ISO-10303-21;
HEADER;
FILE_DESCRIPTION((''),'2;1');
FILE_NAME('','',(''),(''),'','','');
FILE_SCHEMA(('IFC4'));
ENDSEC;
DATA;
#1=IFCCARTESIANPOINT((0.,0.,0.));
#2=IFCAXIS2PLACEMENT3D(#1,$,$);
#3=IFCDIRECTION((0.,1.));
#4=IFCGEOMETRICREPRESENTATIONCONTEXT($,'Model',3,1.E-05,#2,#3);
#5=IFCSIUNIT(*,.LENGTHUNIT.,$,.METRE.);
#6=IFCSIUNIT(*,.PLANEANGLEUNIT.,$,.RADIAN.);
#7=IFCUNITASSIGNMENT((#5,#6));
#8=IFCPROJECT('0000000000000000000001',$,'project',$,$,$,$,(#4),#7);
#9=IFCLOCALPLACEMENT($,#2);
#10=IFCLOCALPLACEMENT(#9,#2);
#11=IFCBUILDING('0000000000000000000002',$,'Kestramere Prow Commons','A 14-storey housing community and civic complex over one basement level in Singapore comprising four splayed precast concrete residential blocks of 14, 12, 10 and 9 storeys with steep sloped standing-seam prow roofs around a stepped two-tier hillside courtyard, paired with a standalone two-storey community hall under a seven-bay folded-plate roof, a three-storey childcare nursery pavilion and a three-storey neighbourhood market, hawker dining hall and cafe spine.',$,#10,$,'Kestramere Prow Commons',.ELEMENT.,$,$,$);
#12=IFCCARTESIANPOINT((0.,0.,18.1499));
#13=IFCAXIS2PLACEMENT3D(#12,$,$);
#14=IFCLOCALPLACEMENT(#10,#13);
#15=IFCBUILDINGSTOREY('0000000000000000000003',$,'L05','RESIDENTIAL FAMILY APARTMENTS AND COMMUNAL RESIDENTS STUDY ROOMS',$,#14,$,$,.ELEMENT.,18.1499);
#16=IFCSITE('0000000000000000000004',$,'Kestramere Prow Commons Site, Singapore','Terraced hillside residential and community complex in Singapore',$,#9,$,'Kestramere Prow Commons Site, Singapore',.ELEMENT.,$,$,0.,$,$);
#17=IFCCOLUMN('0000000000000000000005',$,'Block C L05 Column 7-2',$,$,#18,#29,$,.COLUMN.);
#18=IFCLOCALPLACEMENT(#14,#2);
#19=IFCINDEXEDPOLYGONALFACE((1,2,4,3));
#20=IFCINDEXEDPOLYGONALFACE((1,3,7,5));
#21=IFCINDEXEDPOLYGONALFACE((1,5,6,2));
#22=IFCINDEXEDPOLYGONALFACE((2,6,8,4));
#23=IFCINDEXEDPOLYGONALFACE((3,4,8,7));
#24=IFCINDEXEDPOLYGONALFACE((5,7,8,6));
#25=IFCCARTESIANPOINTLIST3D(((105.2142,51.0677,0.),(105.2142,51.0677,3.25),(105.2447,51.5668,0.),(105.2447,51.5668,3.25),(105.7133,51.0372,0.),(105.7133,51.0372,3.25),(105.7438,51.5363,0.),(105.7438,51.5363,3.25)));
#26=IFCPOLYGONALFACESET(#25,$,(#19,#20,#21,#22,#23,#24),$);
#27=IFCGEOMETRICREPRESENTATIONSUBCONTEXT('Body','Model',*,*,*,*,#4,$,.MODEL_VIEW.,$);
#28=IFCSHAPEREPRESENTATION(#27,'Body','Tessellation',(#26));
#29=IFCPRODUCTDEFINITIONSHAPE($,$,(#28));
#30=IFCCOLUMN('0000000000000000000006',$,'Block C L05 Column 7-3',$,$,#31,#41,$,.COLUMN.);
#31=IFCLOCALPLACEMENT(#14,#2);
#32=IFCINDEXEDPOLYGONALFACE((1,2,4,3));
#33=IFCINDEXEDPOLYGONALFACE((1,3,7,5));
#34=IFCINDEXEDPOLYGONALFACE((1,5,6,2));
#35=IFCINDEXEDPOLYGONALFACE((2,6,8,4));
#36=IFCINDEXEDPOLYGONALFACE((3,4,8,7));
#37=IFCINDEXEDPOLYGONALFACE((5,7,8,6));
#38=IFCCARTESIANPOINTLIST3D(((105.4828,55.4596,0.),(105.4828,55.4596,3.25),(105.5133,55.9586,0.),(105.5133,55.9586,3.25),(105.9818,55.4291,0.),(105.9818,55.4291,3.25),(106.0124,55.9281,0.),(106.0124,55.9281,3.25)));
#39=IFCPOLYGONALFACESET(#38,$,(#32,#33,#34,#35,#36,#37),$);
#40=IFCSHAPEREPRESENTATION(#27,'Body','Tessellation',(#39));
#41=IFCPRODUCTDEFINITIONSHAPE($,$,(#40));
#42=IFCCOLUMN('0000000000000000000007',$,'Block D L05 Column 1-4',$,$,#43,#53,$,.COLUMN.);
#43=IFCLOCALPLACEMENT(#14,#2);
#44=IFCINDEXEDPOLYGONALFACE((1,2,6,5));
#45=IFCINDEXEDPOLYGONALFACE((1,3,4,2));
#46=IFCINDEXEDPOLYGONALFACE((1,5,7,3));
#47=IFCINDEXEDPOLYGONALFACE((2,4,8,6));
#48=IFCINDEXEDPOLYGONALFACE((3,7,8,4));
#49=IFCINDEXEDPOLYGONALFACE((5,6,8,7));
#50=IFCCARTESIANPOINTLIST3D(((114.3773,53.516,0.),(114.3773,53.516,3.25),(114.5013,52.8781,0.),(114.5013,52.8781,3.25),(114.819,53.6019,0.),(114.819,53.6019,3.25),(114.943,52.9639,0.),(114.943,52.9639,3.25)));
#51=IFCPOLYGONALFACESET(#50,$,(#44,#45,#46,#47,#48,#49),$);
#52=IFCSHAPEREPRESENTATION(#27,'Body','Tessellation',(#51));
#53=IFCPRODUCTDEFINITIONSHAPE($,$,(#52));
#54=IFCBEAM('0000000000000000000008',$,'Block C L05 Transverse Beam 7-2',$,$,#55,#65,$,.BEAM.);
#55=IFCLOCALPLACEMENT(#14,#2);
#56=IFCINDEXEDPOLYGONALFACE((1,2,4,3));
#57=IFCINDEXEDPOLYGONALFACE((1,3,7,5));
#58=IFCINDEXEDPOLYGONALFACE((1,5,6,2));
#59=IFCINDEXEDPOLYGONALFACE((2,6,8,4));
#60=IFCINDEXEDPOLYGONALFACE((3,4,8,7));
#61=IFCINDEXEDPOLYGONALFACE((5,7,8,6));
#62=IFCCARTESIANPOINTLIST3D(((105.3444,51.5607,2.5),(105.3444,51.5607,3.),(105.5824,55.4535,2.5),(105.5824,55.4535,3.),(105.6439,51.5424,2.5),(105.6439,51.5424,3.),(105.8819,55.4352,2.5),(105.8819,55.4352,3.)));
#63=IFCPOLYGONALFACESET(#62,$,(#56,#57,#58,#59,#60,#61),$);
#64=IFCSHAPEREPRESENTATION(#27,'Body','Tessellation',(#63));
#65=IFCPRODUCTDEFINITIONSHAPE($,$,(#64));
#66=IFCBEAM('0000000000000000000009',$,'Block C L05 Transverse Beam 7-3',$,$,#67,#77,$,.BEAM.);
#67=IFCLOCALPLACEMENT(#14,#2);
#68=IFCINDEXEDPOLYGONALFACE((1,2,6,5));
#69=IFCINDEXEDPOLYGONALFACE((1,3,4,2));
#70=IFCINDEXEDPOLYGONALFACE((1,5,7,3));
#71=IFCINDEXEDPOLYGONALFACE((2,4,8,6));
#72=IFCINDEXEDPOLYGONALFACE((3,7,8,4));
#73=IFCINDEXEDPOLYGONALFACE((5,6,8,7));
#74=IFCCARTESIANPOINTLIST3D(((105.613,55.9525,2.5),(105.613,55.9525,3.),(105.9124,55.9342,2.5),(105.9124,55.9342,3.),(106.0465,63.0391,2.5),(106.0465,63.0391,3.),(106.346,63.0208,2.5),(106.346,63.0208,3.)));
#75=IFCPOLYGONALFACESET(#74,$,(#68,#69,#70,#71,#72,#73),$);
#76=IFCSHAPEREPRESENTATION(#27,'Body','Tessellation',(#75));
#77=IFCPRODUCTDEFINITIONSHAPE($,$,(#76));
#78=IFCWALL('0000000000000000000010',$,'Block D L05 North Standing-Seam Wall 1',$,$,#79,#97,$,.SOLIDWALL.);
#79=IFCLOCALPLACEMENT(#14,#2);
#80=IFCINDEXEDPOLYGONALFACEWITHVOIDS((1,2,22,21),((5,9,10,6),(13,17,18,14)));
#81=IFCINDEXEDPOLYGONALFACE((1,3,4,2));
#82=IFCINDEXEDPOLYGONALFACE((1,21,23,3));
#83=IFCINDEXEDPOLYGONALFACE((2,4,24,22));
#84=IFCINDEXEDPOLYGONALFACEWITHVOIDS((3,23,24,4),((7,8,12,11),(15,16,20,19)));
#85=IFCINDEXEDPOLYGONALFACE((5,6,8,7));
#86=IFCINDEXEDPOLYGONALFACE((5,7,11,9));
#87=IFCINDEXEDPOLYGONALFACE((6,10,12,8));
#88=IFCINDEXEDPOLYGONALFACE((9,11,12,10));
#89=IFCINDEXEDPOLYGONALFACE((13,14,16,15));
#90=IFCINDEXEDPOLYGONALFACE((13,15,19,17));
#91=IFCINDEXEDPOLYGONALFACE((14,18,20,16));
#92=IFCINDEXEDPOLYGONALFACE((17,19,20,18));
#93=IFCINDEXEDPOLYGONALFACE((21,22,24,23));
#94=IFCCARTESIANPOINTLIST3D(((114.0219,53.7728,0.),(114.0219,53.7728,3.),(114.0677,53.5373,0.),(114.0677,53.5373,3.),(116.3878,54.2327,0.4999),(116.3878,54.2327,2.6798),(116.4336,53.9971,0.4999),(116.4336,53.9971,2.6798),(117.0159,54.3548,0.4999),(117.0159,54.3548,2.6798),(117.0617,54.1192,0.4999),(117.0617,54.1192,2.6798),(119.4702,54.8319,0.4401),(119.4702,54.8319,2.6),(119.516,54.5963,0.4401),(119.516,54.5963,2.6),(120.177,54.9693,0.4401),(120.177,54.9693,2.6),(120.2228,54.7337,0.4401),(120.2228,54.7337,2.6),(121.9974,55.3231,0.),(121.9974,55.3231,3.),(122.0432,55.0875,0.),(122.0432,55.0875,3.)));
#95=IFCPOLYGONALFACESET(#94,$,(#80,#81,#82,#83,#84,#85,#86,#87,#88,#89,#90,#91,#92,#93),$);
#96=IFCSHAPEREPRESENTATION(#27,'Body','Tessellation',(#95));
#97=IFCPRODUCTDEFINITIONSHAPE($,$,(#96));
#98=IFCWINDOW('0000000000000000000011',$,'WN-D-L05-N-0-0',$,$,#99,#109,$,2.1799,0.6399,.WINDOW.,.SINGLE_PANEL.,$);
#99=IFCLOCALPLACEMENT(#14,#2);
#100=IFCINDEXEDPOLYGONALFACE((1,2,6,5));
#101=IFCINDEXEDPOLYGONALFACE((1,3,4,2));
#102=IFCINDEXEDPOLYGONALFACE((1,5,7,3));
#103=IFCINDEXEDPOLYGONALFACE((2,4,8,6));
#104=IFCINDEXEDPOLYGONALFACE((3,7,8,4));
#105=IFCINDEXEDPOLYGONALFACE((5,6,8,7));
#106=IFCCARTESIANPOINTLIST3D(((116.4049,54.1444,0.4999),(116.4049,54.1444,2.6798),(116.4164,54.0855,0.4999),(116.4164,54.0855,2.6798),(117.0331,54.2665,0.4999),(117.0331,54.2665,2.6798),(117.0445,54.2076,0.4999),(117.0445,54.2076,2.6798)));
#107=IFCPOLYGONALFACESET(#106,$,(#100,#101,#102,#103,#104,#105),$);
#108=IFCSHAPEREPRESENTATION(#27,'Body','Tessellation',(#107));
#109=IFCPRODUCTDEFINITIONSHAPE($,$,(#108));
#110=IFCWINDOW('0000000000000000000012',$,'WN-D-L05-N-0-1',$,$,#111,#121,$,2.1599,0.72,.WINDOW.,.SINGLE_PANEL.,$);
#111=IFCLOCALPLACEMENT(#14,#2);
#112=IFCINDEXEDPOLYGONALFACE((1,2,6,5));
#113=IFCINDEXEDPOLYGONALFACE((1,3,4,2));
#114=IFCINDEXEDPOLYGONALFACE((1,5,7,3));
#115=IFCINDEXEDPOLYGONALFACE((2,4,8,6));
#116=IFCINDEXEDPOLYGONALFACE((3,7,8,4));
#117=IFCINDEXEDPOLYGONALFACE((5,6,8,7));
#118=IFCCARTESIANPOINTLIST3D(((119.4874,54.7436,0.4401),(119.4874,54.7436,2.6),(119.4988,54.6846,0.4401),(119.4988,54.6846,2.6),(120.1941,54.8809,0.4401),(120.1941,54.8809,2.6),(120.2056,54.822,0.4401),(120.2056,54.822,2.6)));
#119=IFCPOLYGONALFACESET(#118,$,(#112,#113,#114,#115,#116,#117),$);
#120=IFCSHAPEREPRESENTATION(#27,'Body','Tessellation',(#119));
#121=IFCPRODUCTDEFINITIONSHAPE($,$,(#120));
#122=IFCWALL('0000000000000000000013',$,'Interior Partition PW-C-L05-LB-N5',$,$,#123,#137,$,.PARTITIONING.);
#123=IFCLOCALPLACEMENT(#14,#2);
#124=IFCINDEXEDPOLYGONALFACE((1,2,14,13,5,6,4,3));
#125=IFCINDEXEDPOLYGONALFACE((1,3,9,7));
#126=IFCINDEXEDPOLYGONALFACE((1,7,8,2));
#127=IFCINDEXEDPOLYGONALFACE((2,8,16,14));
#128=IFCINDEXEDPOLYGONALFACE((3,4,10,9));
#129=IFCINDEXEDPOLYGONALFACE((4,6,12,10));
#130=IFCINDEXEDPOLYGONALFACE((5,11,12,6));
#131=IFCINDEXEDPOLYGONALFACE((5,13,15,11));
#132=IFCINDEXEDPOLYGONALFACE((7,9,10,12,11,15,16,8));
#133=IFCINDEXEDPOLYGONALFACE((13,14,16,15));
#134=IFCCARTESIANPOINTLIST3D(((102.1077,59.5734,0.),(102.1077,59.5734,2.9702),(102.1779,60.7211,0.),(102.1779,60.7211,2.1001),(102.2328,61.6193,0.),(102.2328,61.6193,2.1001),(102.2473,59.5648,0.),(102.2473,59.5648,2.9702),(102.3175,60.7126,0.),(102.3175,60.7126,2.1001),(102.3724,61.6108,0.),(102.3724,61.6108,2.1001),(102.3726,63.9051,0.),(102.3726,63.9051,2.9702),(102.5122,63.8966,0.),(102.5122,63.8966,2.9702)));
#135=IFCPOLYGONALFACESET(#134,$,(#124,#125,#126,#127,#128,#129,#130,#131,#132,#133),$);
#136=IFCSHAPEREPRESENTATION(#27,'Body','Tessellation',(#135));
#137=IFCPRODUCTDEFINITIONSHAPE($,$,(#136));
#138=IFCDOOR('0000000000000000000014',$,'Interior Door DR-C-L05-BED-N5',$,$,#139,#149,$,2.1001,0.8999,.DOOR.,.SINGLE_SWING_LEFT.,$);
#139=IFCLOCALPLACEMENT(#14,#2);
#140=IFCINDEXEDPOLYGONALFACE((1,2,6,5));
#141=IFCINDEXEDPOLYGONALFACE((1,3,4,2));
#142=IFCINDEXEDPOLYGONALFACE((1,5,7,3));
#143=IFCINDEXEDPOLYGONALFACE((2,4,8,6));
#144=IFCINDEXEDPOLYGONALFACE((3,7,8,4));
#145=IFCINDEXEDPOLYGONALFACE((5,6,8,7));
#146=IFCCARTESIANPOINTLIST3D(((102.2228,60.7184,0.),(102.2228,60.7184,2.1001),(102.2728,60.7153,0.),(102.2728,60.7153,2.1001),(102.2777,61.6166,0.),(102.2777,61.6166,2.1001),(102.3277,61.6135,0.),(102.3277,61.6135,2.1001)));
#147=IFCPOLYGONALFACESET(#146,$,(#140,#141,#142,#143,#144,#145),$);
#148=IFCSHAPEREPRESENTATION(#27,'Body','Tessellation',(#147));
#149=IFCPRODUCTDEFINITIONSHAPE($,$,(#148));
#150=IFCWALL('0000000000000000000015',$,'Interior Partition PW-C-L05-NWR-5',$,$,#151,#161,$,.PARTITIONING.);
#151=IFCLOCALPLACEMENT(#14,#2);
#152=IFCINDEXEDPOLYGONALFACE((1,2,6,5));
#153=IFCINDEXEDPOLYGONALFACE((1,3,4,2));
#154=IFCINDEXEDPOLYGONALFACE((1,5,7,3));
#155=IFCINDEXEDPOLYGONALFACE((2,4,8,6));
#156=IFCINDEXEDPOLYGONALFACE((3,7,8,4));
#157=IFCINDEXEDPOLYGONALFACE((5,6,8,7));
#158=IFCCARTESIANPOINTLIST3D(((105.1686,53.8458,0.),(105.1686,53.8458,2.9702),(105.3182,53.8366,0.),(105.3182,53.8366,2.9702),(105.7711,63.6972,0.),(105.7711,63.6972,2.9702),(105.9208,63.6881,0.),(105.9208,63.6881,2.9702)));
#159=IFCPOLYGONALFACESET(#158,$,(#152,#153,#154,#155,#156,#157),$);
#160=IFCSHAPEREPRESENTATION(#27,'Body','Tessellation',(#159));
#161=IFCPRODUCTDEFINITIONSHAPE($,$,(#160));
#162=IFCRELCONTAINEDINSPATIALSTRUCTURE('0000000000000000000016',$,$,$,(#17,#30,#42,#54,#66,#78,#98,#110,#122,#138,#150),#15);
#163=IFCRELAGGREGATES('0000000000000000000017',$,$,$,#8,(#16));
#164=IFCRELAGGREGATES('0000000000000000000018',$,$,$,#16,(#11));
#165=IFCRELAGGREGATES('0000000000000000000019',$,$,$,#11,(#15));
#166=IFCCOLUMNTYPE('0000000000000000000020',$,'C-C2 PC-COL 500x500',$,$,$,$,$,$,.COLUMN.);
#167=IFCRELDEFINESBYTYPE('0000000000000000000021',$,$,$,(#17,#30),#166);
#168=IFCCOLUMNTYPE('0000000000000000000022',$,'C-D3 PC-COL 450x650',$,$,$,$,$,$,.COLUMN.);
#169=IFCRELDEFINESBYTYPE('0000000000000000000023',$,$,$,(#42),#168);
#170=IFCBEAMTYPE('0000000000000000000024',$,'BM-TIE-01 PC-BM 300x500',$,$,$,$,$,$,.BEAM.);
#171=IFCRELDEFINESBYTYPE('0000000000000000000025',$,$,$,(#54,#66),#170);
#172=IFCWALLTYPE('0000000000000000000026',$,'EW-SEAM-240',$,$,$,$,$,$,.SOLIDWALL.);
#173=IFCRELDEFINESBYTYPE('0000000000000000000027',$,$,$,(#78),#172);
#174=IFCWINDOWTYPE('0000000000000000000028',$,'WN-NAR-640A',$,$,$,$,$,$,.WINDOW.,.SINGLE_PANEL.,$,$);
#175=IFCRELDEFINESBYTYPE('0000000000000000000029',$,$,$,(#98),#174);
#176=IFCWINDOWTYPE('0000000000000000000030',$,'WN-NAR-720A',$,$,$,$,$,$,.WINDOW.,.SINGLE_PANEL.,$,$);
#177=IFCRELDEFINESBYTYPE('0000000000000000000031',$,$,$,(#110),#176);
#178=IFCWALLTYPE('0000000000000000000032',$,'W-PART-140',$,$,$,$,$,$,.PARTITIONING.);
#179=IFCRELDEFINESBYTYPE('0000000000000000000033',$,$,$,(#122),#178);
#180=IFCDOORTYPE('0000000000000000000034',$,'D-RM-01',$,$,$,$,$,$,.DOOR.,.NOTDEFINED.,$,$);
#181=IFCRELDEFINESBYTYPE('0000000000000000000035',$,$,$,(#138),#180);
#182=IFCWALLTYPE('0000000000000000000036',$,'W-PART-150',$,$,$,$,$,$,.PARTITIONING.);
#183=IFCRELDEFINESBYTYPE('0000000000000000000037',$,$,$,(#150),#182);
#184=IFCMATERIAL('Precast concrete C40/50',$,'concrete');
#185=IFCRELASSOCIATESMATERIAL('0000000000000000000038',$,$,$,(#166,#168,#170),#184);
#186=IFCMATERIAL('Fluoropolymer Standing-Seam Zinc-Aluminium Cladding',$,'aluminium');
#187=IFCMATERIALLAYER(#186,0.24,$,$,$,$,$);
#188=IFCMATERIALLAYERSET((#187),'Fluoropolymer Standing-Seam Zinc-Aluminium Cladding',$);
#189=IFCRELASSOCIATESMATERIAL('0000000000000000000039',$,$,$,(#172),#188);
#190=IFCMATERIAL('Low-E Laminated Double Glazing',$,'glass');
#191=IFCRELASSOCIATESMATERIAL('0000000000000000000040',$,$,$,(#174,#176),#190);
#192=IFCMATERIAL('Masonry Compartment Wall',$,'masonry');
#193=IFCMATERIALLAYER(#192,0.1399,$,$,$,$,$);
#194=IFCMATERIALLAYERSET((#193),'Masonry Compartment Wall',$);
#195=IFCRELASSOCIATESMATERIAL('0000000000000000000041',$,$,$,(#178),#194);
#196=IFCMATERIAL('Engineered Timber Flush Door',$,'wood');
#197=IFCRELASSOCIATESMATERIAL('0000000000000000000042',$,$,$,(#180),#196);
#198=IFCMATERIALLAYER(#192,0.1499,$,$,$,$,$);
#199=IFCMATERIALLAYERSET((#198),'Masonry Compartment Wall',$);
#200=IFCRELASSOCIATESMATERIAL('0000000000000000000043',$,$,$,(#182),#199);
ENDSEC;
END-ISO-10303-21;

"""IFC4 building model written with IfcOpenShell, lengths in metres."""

from ifc_helpers import new_model, si_unit, direction, frame, frame_2d, origin, origin_2d, place, context, subcontext, project, spatial, rectangle, extrude, material, layer, layer_set, material_profile, profile_set, type_object, element, fill, save


model = new_model("IFC4")

# Units and contexts
model_context = context("Model", 3, precision=1e-05, world=origin(), true_north=direction((0.0, 1.0)))
body_context = subcontext(model_context, "Body", "Model", "MODEL_VIEW")
ifc_project = project(units=[si_unit("LENGTHUNIT", "METRE"), si_unit("PLANEANGLEUNIT", "RADIAN")], contexts=[model_context])

# Site, building, storey
site_placement = place(None, origin())
site = spatial("IfcSite", under=ifc_project, at=site_placement, Name="Kestramere Prow Commons Site, Singapore", Description="Terraced hillside residential and community complex in Singapore", LongName="Kestramere Prow Commons Site, Singapore", CompositionType="ELEMENT", RefElevation=0.0)
building_placement = place(site_placement, origin())
building = spatial("IfcBuilding", under=site, at=building_placement, Name="Kestramere Prow Commons", Description="A 14-storey housing community and civic complex over one basement level in Singapore comprising four splayed precast concrete residential blocks of 14, 12, 10 and 9 storeys with steep sloped standing-seam prow roofs around a stepped two-tier hillside courtyard, paired with a standalone two-storey community hall under a seven-bay folded-plate roof, a three-storey childcare nursery pavilion and a three-storey neighbourhood market, hawker dining hall and cafe spine.", LongName="Kestramere Prow Commons", CompositionType="ELEMENT")
storey_placement = place(building_placement, frame((0.0, 0.0, 18.1499)))
storey = spatial("IfcBuildingStorey", under=building, at=storey_placement, Name="L05", Description="RESIDENTIAL FAMILY APARTMENTS AND COMMUNAL RESIDENTS STUDY ROOMS", CompositionType="ELEMENT", Elevation=18.1499)

# Columns
ifc_material_1 = material(Name="Precast concrete C40/50", Category="concrete")
ifc_material_profile_1 = material_profile(ifc_material_1, rectangle(XDim=0.5, YDim=0.5, at=origin_2d()), Name="PC-COL 500x500")
ifc_profile_set_1 = profile_set([ifc_material_profile_1], Name="Precast concrete C40/50")
column_type_1 = type_object("IfcColumnType", Name="C-C2 PC-COL 500x500", PredefinedType="COLUMN", material=ifc_profile_set_1)
for number, where, z_axis, x_axis, name in (
    (1, (105.479, 51.302, 0.0), (0.0, 0.0, 1.0), (0.998135, -0.061049, 0.0), "Block C L05 Column 7-2"),
    (2, (105.7476, 55.6938, 0.0), (0.0, 0.0, 1.0), (0.998135, -0.061049, 0.0), "Block C L05 Column 7-3"),
):
    element("IfcColumn", number, at=place(storey_placement, frame(where, z_axis=z_axis, x_axis=x_axis)), inside=storey, type_object=column_type_1, Name=name, PredefinedType="COLUMN", context=body_context, shape_type="SweptSolid", body=[
        extrude(rectangle(XDim=0.5, YDim=0.5, at=origin_2d()), origin(), (0.0, 0.0, 1.0), 3.25),
    ])
ifc_material_profile_2 = material_profile(ifc_material_1, rectangle(XDim=0.45, YDim=0.6499, at=origin_2d()), Name="PC-COL 450x650")
ifc_profile_set_2 = profile_set([ifc_material_profile_2], Name="Precast concrete C40/50")
column_type_2 = type_object("IfcColumnType", Name="C-D3 PC-COL 450x650", PredefinedType="COLUMN", material=ifc_profile_set_2)
column_placement = place(storey_placement, frame((114.6602, 53.24, 0.0), z_axis=(0.0, 0.0, 1.0), x_axis=(0.981627, 0.190809, 0.0)))
element("IfcColumn", 3, at=column_placement, inside=storey, type_object=column_type_2, Name="Block D L05 Column 1-4", PredefinedType="COLUMN", context=body_context, shape_type="SweptSolid", body=[
    extrude(rectangle(XDim=0.45, YDim=0.6499, at=origin_2d()), origin(), (0.0, 0.0, 1.0), 3.25),
])

# Beams
ifc_material_profile_3 = material_profile(ifc_material_1, rectangle(XDim=0.3, YDim=0.5, at=origin_2d()), Name="PC-BM 300x500")
ifc_profile_set_3 = profile_set([ifc_material_profile_3], Name="Precast concrete C40/50")
beam_type = type_object("IfcBeamType", Name="BM-TIE-01 PC-BM 300x500", PredefinedType="BEAM", material=ifc_profile_set_3)
beam_1_placement = place(storey_placement, frame((105.4941, 51.5515, 2.75), z_axis=(0.061034, 0.998136, 0.0), x_axis=(-0.998136, 0.061034, 0.0)))
element("IfcBeam", 4, at=beam_1_placement, inside=storey, type_object=beam_type, Name="Block C L05 Transverse Beam 7-2", PredefinedType="BEAM", context=body_context, shape_type="SweptSolid", body=[
    extrude(rectangle(XDim=0.3, YDim=0.5, at=origin_2d()), origin(), (0.0, 0.0, 1.0), 3.9001),
])
beam_2_placement = place(storey_placement, frame((105.7627, 55.9434, 2.75), z_axis=(0.06107, 0.998133, 0.0), x_axis=(-0.998133, 0.06107, 0.0)))
element("IfcBeam", 5, at=beam_2_placement, inside=storey, type_object=beam_type, Name="Block C L05 Transverse Beam 7-3", PredefinedType="BEAM", context=body_context, shape_type="SweptSolid", body=[
    extrude(rectangle(XDim=0.3, YDim=0.5, at=origin_2d()), origin(), (0.0, 0.0, 1.0), 7.0999),
])

# Wall, openings, windows
ifc_material_2 = material(Name="Fluoropolymer Standing-Seam Zinc-Aluminium Cladding", Category="aluminium")
ifc_layer_1 = layer(ifc_material_2, 0.24)
ifc_layer_set_1 = layer_set([ifc_layer_1], Name="Fluoropolymer Standing-Seam Zinc-Aluminium Cladding")
wall_type_1 = type_object("IfcWallType", Name="EW-SEAM-240", PredefinedType="SOLIDWALL", material=ifc_layer_set_1)
wall_1_placement = place(storey_placement, frame((114.0447, 53.655, 0.0), z_axis=(0.0, 0.0, 1.0), x_axis=(0.981627, 0.190809, 0.0)))
wall_1 = element("IfcWall", 6, at=wall_1_placement, inside=storey, type_object=wall_type_1, Name="Block D L05 North Standing-Seam Wall 1", PredefinedType="SOLIDWALL", context=body_context, shape_type="SweptSolid", body=[
    extrude(rectangle(XDim=8.1248, YDim=0.24, at=frame_2d((4.0625, 0.0))), origin(), (0.0, 0.0, 1.0), 3.0),
])
opening_1_placement = place(wall_1_placement, frame((2.4104, 0.0, 0.5)))
opening_1 = element("IfcOpeningElement", 7, at=opening_1_placement, cuts=wall_1, PredefinedType="OPENING", context=body_context, shape_type="SweptSolid", body=[
    extrude(rectangle(XDim=0.6399, YDim=2.1799, at=frame_2d((0.3198, 1.0898))), frame((0.0, 0.135, 0.0), z_axis=(0.0, -1.0, 0.0), x_axis=(1.0, 0.0, 0.0)), (0.0, 0.0, 1.0), 0.27),
])
opening_2_placement = place(wall_1_placement, frame((5.5505, 0.0, 0.4399)))
opening_2 = element("IfcOpeningElement", 8, at=opening_2_placement, cuts=wall_1, PredefinedType="OPENING", context=body_context, shape_type="SweptSolid", body=[
    extrude(rectangle(XDim=0.72, YDim=2.1599, at=frame_2d((0.3599, 1.0801))), frame((0.0, 0.135, 0.0), z_axis=(0.0, -1.0, 0.0), x_axis=(1.0, 0.0, 0.0)), (0.0, 0.0, 1.0), 0.27),
])
ifc_material_3 = material(Name="Low-E Laminated Double Glazing", Category="glass")
window_type_1 = type_object("IfcWindowType", Name="WN-NAR-640A", PartitioningType="SINGLE_PANEL", PredefinedType="WINDOW", material=ifc_material_3)
window_1_placement = place(opening_1_placement, origin())
window_1 = element("IfcWindow", 9, at=window_1_placement, inside=storey, type_object=window_type_1, Name="WN-D-L05-N-0-0", OverallHeight=2.1799, OverallWidth=0.6399, PartitioningType="SINGLE_PANEL", PredefinedType="WINDOW", context=body_context, shape_type="SweptSolid", body=[
    extrude(rectangle(XDim=0.6399, YDim=2.1799, at=frame_2d((0.3198, 1.0898))), frame((0.0, 0.03, 0.0), z_axis=(0.0, -1.0, 0.0), x_axis=(1.0, 0.0, 0.0)), (0.0, 0.0, 1.0), 0.0601),
])
fill(opening_1, window_1)
window_type_2 = type_object("IfcWindowType", Name="WN-NAR-720A", PartitioningType="SINGLE_PANEL", PredefinedType="WINDOW", material=ifc_material_3)
window_2_placement = place(opening_2_placement, origin())
window_2 = element("IfcWindow", 10, at=window_2_placement, inside=storey, type_object=window_type_2, Name="WN-D-L05-N-0-1", OverallHeight=2.1599, OverallWidth=0.72, PartitioningType="SINGLE_PANEL", PredefinedType="WINDOW", context=body_context, shape_type="SweptSolid", body=[
    extrude(rectangle(XDim=0.72, YDim=2.1599, at=frame_2d((0.3599, 1.0801))), frame((0.0, 0.03, 0.0), z_axis=(0.0, -1.0, 0.0), x_axis=(1.0, 0.0, 0.0)), (0.0, 0.0, 1.0), 0.0601),
])
fill(opening_2, window_2)

# Wall, opening, door
ifc_material_4 = material(Name="Masonry Compartment Wall", Category="masonry")
ifc_layer_2 = layer(ifc_material_4, 0.1399)
ifc_layer_set_2 = layer_set([ifc_layer_2], Name="Masonry Compartment Wall")
wall_type_2 = type_object("IfcWallType", Name="W-PART-140", PredefinedType="PARTITIONING", material=ifc_layer_set_2)
wall_2_placement = place(storey_placement, frame((102.1775, 59.5691, 0.0), z_axis=(0.0, 0.0, 1.0), x_axis=(0.061037, 0.998136, 0.0)))
wall_2 = element("IfcWall", 11, at=wall_2_placement, inside=storey, type_object=wall_type_2, Name="Interior Partition PW-C-L05-LB-N5", PredefinedType="PARTITIONING", context=body_context, shape_type="SweptSolid", body=[
    extrude(rectangle(XDim=4.3398, YDim=0.1399, at=frame_2d((2.1699, 0.0))), origin(), (0.0, 0.0, 1.0), 2.9702),
])
opening_3_placement = place(wall_2_placement, frame((1.1499, 0.0, 0.0)))
opening_3 = element("IfcOpeningElement", 12, at=opening_3_placement, cuts=wall_2, PredefinedType="OPENING", context=body_context, shape_type="SweptSolid", body=[
    extrude(rectangle(XDim=0.8999, YDim=2.1001, at=frame_2d((0.45, 1.05))), frame((0.0, 0.085, 0.0), z_axis=(0.0, -1.0, 0.0), x_axis=(1.0, 0.0, 0.0)), (0.0, 0.0, 1.0), 0.1699),
])
ifc_material_5 = material(Name="Engineered Timber Flush Door", Category="wood")
door_type_1 = type_object("IfcDoorType", Name="D-RM-01", OperationType="NOTDEFINED", PredefinedType="DOOR", material=ifc_material_5)
door_1_placement = place(opening_3_placement, origin())
door_1 = element("IfcDoor", 13, at=door_1_placement, inside=storey, type_object=door_type_1, Name="Interior Door DR-C-L05-BED-N5", OperationType="SINGLE_SWING_LEFT", OverallHeight=2.1001, OverallWidth=0.8999, PredefinedType="DOOR", context=body_context, shape_type="SweptSolid", body=[
    extrude(rectangle(XDim=0.8999, YDim=2.1001, at=frame_2d((0.45, 1.05))), frame((0.0, 0.0249, 0.0), z_axis=(0.0, -1.0, 0.0), x_axis=(1.0, 0.0, 0.0)), (0.0, 0.0, 1.0), 0.05),
])
fill(opening_3, door_1)

# Wall
ifc_layer_3 = layer(ifc_material_4, 0.1499)
ifc_layer_set_3 = layer_set([ifc_layer_3], Name="Masonry Compartment Wall")
wall_type_3 = type_object("IfcWallType", Name="W-PART-150", PredefinedType="PARTITIONING", material=ifc_layer_set_3)
wall_3_placement = place(storey_placement, frame((105.2434, 53.8411, 0.0), z_axis=(0.0, 0.0, 1.0), x_axis=(0.061048, 0.998135, 0.0)))
element("IfcWall", 14, at=wall_3_placement, inside=storey, type_object=wall_type_3, Name="Interior Partition PW-C-L05-NWR-5", PredefinedType="PARTITIONING", context=body_context, shape_type="SweptSolid", body=[
    extrude(rectangle(XDim=9.8699, YDim=0.1499, at=frame_2d((4.9351, 0.0))), origin(), (0.0, 0.0, 1.0), 2.9702),
])

save(model, "model.ifc")
